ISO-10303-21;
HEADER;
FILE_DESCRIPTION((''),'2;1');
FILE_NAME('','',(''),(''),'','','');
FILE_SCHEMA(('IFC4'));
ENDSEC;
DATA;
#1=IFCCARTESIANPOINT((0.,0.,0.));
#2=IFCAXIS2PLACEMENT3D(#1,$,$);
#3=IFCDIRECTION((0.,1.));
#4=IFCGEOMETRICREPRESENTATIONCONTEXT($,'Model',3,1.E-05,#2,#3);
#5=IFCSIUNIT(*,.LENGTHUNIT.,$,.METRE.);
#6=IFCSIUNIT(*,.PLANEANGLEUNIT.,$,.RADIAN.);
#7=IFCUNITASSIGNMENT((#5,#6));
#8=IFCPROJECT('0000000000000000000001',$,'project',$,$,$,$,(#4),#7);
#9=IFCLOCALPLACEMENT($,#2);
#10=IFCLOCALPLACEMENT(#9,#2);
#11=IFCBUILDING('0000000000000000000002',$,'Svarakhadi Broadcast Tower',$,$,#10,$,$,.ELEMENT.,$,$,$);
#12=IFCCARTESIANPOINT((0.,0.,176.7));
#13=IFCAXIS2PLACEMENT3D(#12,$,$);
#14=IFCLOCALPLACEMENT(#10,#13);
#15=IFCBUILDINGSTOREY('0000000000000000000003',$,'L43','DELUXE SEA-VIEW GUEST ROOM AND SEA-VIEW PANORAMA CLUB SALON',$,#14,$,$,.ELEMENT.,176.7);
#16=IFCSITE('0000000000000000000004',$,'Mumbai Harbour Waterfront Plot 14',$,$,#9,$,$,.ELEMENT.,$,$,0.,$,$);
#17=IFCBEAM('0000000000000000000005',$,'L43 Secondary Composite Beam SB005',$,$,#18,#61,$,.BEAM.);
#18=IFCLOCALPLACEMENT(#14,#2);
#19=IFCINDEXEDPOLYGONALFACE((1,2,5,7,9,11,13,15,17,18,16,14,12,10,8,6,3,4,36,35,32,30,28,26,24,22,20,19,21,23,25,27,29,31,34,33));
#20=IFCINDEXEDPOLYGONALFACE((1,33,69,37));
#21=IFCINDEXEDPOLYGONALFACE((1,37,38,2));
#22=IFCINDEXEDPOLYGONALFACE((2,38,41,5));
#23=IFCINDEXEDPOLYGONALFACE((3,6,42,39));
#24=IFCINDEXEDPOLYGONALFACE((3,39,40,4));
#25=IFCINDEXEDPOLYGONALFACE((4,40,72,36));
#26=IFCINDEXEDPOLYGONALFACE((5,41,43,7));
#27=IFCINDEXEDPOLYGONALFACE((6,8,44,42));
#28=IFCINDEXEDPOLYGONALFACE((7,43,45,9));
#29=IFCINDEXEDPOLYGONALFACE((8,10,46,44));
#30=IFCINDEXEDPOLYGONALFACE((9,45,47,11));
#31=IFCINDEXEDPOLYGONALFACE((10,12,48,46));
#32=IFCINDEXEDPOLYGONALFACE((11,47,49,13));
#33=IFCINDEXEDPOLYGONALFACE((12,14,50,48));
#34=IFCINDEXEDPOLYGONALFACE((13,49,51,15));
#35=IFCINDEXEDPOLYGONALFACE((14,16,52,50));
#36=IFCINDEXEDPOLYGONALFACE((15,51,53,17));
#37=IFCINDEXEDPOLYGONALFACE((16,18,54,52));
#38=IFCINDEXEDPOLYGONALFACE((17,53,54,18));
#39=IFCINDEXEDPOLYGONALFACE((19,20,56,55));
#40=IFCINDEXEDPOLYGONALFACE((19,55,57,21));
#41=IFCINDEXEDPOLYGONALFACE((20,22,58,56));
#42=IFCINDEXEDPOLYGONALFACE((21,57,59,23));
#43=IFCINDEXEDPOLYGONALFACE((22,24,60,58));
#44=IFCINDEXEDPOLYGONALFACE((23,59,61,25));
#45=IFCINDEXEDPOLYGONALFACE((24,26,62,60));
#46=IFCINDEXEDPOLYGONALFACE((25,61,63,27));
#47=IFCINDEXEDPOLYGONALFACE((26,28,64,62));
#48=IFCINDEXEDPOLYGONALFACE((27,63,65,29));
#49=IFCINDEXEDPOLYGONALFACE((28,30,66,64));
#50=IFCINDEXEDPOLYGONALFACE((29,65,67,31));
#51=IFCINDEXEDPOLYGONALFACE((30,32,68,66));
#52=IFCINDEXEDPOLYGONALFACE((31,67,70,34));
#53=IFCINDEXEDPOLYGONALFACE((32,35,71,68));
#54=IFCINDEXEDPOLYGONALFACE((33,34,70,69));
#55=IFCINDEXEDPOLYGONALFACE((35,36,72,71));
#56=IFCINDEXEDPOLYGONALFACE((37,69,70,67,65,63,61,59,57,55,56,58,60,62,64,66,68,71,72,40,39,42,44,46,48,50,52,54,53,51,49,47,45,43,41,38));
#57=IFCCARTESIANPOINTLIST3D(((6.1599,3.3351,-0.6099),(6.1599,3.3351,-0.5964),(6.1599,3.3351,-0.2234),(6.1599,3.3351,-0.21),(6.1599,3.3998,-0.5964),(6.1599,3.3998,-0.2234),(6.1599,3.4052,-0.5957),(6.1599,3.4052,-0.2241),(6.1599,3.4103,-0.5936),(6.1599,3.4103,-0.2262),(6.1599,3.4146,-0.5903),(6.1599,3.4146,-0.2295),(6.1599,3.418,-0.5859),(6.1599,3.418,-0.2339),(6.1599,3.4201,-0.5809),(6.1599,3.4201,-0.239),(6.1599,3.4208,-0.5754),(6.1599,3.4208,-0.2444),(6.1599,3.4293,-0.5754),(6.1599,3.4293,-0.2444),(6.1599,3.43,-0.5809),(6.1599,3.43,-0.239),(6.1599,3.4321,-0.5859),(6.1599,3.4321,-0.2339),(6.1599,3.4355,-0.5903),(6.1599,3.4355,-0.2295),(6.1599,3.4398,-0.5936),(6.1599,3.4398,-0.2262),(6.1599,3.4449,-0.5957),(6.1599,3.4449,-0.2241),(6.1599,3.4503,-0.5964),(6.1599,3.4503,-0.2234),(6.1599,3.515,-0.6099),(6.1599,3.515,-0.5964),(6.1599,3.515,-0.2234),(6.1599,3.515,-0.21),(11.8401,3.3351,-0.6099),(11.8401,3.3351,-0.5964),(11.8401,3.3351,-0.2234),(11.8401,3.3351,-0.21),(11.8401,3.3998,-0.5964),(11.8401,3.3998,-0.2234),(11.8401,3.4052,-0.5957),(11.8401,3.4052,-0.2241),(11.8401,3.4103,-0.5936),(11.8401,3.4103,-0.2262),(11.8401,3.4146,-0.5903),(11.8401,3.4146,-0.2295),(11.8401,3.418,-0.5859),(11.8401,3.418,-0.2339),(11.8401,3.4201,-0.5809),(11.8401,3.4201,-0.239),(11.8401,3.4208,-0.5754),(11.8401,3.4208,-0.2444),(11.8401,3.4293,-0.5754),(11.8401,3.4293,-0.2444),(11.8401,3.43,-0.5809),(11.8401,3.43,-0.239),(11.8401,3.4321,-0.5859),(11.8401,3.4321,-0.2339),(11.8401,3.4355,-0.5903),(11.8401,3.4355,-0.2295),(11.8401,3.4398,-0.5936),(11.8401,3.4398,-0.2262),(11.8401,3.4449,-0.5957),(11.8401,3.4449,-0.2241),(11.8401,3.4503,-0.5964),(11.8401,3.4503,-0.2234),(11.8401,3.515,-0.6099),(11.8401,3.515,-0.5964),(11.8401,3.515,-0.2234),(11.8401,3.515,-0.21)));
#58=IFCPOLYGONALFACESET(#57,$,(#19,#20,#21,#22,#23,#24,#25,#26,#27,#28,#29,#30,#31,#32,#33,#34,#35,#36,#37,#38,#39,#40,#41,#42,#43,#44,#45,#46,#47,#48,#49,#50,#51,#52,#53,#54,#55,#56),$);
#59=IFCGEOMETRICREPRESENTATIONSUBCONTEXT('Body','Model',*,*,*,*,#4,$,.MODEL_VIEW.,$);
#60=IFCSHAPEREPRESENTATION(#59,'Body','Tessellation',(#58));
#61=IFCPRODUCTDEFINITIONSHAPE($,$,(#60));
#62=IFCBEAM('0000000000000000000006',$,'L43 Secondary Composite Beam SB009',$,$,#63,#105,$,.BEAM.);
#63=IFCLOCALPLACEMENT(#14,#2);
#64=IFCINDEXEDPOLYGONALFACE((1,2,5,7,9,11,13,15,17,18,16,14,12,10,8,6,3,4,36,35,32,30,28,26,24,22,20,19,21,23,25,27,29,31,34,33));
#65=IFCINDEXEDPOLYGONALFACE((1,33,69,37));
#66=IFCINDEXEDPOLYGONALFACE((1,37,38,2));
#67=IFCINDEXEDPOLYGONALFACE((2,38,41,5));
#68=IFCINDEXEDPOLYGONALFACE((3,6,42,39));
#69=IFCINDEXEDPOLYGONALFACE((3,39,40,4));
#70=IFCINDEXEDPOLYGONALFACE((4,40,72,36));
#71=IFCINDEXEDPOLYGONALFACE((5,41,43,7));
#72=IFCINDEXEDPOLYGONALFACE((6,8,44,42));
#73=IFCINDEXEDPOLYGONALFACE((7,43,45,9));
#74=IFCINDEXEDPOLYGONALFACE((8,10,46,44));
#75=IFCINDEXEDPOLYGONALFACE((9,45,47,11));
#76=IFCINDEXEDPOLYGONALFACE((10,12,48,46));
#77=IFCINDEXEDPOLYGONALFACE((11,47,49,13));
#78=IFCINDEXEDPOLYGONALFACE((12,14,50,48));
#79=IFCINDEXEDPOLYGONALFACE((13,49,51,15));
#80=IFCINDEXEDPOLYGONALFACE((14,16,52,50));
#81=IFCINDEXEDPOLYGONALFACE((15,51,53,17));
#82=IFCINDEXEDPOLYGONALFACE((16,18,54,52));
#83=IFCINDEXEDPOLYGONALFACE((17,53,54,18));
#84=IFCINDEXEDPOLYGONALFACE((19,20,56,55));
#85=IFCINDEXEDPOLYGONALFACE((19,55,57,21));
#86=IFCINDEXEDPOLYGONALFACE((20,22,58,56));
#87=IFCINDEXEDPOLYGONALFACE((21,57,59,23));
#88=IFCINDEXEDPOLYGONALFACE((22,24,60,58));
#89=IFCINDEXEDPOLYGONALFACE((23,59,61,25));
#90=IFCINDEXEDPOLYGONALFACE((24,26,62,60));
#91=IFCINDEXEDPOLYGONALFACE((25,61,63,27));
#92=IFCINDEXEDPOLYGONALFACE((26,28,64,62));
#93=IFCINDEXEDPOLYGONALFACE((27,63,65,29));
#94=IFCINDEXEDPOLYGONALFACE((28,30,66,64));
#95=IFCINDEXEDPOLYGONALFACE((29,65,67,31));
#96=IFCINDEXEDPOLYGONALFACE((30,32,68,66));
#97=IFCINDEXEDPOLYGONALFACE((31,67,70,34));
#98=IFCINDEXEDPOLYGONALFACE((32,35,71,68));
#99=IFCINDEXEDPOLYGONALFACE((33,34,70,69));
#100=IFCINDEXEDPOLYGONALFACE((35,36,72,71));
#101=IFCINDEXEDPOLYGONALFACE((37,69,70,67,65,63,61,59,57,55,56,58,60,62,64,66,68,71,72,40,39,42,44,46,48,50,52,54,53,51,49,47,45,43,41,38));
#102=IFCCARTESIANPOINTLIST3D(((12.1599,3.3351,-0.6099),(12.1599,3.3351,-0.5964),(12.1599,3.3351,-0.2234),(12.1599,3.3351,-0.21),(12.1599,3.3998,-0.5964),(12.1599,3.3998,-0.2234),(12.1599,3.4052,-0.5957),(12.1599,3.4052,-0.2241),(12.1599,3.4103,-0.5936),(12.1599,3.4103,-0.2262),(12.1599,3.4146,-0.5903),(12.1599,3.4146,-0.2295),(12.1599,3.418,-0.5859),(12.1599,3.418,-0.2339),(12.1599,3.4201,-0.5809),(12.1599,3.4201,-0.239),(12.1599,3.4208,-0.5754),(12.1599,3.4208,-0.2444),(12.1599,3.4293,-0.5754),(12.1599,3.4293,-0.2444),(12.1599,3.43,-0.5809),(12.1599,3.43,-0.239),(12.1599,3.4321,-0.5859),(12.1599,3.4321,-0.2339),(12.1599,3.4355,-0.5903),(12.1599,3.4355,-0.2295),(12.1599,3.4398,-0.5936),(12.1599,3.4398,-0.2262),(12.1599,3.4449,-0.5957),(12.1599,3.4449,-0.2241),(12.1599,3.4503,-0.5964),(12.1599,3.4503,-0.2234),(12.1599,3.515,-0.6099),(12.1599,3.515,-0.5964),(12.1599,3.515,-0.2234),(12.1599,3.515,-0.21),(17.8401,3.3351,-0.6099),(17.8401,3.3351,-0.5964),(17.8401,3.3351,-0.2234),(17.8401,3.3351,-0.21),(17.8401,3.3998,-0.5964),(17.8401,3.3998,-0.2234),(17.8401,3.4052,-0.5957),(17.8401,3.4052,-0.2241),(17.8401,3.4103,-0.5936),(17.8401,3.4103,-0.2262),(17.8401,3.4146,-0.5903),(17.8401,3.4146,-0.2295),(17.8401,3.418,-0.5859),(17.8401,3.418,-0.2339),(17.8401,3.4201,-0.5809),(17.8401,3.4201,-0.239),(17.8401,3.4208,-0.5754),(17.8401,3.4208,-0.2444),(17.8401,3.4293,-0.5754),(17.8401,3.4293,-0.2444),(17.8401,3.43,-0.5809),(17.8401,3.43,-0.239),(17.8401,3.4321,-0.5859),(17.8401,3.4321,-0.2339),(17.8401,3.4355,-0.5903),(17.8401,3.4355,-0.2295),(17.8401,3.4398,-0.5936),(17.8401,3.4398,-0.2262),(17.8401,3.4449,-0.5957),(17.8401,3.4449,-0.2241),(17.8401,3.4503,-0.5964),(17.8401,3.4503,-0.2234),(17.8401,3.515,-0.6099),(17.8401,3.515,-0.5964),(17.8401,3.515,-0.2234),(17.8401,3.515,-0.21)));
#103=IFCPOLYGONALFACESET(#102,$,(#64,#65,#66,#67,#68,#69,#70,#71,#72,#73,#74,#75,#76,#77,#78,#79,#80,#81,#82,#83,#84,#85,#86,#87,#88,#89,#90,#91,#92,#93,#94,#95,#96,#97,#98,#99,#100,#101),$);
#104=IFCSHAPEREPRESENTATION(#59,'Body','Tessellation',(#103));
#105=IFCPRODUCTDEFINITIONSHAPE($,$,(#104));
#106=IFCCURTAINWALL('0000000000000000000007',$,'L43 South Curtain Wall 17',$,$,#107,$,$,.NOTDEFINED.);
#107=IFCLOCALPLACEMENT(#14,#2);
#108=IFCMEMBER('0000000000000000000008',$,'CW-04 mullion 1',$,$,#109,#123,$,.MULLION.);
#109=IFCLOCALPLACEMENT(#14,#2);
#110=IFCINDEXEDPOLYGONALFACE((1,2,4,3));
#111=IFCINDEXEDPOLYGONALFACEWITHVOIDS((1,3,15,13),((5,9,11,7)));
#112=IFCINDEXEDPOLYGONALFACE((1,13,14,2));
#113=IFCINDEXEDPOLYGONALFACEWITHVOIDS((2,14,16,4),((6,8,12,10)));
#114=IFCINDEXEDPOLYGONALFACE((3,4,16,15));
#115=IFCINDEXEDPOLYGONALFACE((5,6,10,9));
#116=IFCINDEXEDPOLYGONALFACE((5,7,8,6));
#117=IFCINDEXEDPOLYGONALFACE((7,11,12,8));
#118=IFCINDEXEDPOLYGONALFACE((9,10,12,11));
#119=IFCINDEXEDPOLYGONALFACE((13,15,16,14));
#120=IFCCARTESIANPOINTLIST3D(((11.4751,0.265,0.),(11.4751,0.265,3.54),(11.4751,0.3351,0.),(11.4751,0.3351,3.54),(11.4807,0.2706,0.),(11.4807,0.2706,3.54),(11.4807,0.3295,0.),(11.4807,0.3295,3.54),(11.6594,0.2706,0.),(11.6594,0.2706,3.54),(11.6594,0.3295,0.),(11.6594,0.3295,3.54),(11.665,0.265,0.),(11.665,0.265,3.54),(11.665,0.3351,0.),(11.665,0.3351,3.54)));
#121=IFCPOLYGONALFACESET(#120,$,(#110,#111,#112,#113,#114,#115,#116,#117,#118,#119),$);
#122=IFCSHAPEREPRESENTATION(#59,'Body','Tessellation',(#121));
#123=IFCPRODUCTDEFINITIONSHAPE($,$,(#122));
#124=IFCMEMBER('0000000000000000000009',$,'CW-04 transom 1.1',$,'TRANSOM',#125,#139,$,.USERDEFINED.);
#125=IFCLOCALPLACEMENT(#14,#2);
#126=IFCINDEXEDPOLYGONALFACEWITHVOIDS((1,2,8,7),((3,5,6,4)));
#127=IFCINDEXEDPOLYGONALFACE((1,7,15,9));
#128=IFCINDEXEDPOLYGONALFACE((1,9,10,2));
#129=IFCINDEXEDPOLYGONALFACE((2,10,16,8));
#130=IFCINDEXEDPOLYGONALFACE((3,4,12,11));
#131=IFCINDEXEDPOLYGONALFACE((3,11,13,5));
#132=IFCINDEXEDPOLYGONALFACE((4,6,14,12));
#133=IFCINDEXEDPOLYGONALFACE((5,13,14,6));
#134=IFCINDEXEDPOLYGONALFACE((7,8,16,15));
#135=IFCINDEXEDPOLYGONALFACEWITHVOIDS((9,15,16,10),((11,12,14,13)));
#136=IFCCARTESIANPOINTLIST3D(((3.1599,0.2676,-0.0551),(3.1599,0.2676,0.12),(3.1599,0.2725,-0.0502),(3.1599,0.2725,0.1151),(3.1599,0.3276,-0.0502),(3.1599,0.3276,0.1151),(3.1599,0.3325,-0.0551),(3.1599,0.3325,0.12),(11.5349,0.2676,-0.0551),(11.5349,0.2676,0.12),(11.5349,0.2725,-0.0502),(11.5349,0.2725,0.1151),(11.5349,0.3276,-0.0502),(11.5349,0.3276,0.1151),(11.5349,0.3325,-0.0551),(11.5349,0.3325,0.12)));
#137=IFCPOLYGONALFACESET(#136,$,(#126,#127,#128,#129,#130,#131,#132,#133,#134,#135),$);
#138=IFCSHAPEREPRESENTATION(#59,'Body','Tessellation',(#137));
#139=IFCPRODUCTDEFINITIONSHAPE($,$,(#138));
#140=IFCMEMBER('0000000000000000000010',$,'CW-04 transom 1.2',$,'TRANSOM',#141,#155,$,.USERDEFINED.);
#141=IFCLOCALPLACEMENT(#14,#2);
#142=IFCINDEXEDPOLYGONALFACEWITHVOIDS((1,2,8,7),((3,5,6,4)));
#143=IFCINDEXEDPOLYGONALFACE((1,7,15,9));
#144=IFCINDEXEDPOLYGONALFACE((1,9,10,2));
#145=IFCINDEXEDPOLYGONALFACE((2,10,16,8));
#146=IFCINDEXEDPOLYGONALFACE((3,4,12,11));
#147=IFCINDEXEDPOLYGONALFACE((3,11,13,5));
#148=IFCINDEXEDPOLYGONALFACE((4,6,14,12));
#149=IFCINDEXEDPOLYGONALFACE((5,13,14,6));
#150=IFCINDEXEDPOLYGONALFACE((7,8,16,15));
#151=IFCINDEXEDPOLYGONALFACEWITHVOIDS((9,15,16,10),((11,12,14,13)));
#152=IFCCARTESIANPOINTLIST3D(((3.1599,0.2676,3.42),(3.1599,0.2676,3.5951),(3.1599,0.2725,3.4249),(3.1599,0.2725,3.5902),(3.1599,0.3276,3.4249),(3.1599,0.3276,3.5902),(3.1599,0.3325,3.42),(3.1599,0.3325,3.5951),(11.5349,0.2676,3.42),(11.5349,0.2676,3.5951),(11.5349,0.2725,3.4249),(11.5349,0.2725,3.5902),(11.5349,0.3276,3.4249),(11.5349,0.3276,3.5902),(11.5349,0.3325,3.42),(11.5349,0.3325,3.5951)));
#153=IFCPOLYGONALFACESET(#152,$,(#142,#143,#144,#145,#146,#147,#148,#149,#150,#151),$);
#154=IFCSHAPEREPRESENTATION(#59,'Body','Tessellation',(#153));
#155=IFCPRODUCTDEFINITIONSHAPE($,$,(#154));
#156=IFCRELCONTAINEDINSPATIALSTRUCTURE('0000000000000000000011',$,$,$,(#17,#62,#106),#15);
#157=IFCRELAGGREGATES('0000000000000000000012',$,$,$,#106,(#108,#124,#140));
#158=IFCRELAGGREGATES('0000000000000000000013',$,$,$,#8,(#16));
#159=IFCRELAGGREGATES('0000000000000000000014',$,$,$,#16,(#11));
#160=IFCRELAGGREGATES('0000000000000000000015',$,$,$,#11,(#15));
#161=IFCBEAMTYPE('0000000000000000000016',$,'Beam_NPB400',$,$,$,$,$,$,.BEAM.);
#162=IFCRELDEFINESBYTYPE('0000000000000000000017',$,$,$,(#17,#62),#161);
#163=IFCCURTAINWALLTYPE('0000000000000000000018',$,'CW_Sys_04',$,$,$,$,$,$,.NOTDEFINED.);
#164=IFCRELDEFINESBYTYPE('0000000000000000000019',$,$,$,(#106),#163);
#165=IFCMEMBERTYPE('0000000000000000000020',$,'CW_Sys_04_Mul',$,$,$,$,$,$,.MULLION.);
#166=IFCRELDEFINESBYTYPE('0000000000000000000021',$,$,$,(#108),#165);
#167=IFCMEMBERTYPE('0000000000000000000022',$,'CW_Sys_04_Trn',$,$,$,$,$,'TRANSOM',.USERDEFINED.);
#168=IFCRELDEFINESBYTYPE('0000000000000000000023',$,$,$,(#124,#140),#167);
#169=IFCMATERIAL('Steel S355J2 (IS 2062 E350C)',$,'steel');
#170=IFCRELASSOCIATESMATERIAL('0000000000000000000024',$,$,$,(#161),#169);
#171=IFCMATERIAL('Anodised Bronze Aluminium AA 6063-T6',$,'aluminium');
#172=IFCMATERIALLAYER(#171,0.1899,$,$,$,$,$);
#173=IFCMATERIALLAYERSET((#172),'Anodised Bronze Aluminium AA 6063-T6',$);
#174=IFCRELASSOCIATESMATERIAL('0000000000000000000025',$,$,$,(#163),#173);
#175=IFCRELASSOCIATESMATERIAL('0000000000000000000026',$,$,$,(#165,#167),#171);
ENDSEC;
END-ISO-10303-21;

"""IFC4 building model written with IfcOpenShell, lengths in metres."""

from ifc_helpers import new_model, si_unit, direction, frame, origin, origin_2d, place, context, subcontext, project, spatial, hollow_rectangle, i_section, extrude, material, layer, layer_set, material_profile, profile_set, type_object, element, aggregate, save


model = new_model("IFC4")

# Units and contexts
model_context = context("Model", 3, precision=1e-05, world=origin(), true_north=direction((0.0, 1.0)))
body_context = subcontext(model_context, "Body", "Model", "MODEL_VIEW")
ifc_project = project(units=[si_unit("LENGTHUNIT", "METRE"), si_unit("PLANEANGLEUNIT", "RADIAN")], contexts=[model_context])

# Site, building, storey
site_placement = place(None, origin())
site = spatial("IfcSite", under=ifc_project, at=site_placement, Name="Mumbai Harbour Waterfront Plot 14", CompositionType="ELEMENT", RefElevation=0.0)
building_placement = place(site_placement, origin())
building = spatial("IfcBuilding", under=site, at=building_placement, Name="Svarakhadi Broadcast Tower", CompositionType="ELEMENT")
storey_placement = place(building_placement, frame((0.0, 0.0, 176.7)))
storey = spatial("IfcBuildingStorey", under=building, at=storey_placement, Name="L43", Description="DELUXE SEA-VIEW GUEST ROOM AND SEA-VIEW PANORAMA CLUB SALON", CompositionType="ELEMENT", Elevation=176.7)

# Beams
ifc_material_1 = material(Name="Steel S355J2 (IS 2062 E350C)", Category="steel")
ifc_material_profile_1 = material_profile(ifc_material_1, i_section(OverallWidth=0.1799, OverallDepth=0.3999, WebThickness=0.0085, FlangeThickness=0.0134, FilletRadius=0.021, at=origin_2d()), Name="NPB 400x180x66")
ifc_profile_set_1 = profile_set([ifc_material_profile_1], Name="Steel S355J2 (IS 2062 E350C)")
beam_type_1 = type_object("IfcBeamType", Name="Beam_NPB400", PredefinedType="BEAM", material=ifc_profile_set_1)
for number, where, z_axis, x_axis, name in (
    (1, (6.1599, 3.425, -0.4099), (1.0, 0.0, 0.0), (0.0, 1.0, 0.0), "L43 Secondary Composite Beam SB005"),
    (2, (12.1599, 3.425, -0.4099), (1.0, 0.0, 0.0), (0.0, 1.0, 0.0), "L43 Secondary Composite Beam SB009"),
):
    element("IfcBeam", number, at=place(storey_placement, frame(where, z_axis=z_axis, x_axis=x_axis)), inside=storey, type_object=beam_type_1, Name=name, PredefinedType="BEAM", context=body_context, shape_type="SweptSolid", body=[
        extrude(i_section(OverallWidth=0.1799, OverallDepth=0.3999, WebThickness=0.0085, FlangeThickness=0.0134, FilletRadius=0.021, at=origin_2d()), origin(), (0.0, 0.0, 1.0), 5.6802),
    ])

# Curtain wall, members
ifc_material_2 = material(Name="Anodised Bronze Aluminium AA 6063-T6", Category="aluminium")
ifc_layer_1 = layer(ifc_material_2, 0.1899)
ifc_layer_set_1 = layer_set([ifc_layer_1], Name="Anodised Bronze Aluminium AA 6063-T6")
curtain_wall_type = type_object("IfcCurtainWallType", Name="CW_Sys_04", PredefinedType="NOTDEFINED", material=ifc_layer_set_1)
curtain_wall_placement = place(storey_placement, origin())
curtain_wall = element("IfcCurtainWall", 3, at=curtain_wall_placement, inside=storey, type_object=curtain_wall_type, Name="L43 South Curtain Wall 17", PredefinedType="NOTDEFINED")
ifc_material_profile_2 = material_profile(ifc_material_2, hollow_rectangle(XDim=0.0701, YDim=0.1899, WallThickness=0.0056, at=origin_2d()), Name="ALU MULLION 190x70x6")
ifc_profile_set_2 = profile_set([ifc_material_profile_2], Name="Anodised Bronze Aluminium AA 6063-T6")
member_type_1 = type_object("IfcMemberType", Name="CW_Sys_04_Mul", PredefinedType="MULLION", material=ifc_profile_set_2)
member_1_placement = place(storey_placement, frame((11.5701, 0.3, 0.0), z_axis=(0.0, 0.0, 1.0), x_axis=(0.0, -1.0, 0.0)))
member_1 = element("IfcMember", 4, at=member_1_placement, type_object=member_type_1, Name="CW-04 mullion 1", PredefinedType="MULLION", context=body_context, shape_type="SweptSolid", body=[
    extrude(hollow_rectangle(XDim=0.0701, YDim=0.1899, WallThickness=0.0056, at=origin_2d()), origin(), (0.0, 0.0, 1.0), 3.54),
])
ifc_material_profile_3 = material_profile(ifc_material_2, hollow_rectangle(XDim=0.0649, YDim=0.175, WallThickness=0.0049, at=origin_2d()), Name="ALU TRANSOM 175x65x5")
ifc_profile_set_3 = profile_set([ifc_material_profile_3], Name="Anodised Bronze Aluminium AA 6063-T6")
member_type_2 = type_object("IfcMemberType", Name="CW_Sys_04_Trn", ElementType="TRANSOM", PredefinedType="USERDEFINED", material=ifc_profile_set_3)
member_2_placement = place(storey_placement, frame((11.5349, 0.3, 0.0325), z_axis=(-1.0, 0.0, 0.0), x_axis=(0.0, -1.0, 0.0)))
member_2 = element("IfcMember", 5, at=member_2_placement, type_object=member_type_2, Name="CW-04 transom 1.1", ObjectType="TRANSOM", PredefinedType="USERDEFINED", context=body_context, shape_type="SweptSolid", body=[
    extrude(hollow_rectangle(XDim=0.0649, YDim=0.175, WallThickness=0.0049, at=origin_2d()), origin(), (0.0, 0.0, 1.0), 8.375),
])
member_3_placement = place(storey_placement, frame((11.5349, 0.3, 3.5076), z_axis=(-1.0, 0.0, 0.0), x_axis=(0.0, -1.0, 0.0)))
member_3 = element("IfcMember", 6, at=member_3_placement, type_object=member_type_2, Name="CW-04 transom 1.2", ObjectType="TRANSOM", PredefinedType="USERDEFINED", context=body_context, shape_type="SweptSolid", body=[
    extrude(hollow_rectangle(XDim=0.0649, YDim=0.175, WallThickness=0.0049, at=origin_2d()), origin(), (0.0, 0.0, 1.0), 8.375),
])

aggregate(curtain_wall, [member_1, member_2, member_3])

save(model, "model.ifc")
